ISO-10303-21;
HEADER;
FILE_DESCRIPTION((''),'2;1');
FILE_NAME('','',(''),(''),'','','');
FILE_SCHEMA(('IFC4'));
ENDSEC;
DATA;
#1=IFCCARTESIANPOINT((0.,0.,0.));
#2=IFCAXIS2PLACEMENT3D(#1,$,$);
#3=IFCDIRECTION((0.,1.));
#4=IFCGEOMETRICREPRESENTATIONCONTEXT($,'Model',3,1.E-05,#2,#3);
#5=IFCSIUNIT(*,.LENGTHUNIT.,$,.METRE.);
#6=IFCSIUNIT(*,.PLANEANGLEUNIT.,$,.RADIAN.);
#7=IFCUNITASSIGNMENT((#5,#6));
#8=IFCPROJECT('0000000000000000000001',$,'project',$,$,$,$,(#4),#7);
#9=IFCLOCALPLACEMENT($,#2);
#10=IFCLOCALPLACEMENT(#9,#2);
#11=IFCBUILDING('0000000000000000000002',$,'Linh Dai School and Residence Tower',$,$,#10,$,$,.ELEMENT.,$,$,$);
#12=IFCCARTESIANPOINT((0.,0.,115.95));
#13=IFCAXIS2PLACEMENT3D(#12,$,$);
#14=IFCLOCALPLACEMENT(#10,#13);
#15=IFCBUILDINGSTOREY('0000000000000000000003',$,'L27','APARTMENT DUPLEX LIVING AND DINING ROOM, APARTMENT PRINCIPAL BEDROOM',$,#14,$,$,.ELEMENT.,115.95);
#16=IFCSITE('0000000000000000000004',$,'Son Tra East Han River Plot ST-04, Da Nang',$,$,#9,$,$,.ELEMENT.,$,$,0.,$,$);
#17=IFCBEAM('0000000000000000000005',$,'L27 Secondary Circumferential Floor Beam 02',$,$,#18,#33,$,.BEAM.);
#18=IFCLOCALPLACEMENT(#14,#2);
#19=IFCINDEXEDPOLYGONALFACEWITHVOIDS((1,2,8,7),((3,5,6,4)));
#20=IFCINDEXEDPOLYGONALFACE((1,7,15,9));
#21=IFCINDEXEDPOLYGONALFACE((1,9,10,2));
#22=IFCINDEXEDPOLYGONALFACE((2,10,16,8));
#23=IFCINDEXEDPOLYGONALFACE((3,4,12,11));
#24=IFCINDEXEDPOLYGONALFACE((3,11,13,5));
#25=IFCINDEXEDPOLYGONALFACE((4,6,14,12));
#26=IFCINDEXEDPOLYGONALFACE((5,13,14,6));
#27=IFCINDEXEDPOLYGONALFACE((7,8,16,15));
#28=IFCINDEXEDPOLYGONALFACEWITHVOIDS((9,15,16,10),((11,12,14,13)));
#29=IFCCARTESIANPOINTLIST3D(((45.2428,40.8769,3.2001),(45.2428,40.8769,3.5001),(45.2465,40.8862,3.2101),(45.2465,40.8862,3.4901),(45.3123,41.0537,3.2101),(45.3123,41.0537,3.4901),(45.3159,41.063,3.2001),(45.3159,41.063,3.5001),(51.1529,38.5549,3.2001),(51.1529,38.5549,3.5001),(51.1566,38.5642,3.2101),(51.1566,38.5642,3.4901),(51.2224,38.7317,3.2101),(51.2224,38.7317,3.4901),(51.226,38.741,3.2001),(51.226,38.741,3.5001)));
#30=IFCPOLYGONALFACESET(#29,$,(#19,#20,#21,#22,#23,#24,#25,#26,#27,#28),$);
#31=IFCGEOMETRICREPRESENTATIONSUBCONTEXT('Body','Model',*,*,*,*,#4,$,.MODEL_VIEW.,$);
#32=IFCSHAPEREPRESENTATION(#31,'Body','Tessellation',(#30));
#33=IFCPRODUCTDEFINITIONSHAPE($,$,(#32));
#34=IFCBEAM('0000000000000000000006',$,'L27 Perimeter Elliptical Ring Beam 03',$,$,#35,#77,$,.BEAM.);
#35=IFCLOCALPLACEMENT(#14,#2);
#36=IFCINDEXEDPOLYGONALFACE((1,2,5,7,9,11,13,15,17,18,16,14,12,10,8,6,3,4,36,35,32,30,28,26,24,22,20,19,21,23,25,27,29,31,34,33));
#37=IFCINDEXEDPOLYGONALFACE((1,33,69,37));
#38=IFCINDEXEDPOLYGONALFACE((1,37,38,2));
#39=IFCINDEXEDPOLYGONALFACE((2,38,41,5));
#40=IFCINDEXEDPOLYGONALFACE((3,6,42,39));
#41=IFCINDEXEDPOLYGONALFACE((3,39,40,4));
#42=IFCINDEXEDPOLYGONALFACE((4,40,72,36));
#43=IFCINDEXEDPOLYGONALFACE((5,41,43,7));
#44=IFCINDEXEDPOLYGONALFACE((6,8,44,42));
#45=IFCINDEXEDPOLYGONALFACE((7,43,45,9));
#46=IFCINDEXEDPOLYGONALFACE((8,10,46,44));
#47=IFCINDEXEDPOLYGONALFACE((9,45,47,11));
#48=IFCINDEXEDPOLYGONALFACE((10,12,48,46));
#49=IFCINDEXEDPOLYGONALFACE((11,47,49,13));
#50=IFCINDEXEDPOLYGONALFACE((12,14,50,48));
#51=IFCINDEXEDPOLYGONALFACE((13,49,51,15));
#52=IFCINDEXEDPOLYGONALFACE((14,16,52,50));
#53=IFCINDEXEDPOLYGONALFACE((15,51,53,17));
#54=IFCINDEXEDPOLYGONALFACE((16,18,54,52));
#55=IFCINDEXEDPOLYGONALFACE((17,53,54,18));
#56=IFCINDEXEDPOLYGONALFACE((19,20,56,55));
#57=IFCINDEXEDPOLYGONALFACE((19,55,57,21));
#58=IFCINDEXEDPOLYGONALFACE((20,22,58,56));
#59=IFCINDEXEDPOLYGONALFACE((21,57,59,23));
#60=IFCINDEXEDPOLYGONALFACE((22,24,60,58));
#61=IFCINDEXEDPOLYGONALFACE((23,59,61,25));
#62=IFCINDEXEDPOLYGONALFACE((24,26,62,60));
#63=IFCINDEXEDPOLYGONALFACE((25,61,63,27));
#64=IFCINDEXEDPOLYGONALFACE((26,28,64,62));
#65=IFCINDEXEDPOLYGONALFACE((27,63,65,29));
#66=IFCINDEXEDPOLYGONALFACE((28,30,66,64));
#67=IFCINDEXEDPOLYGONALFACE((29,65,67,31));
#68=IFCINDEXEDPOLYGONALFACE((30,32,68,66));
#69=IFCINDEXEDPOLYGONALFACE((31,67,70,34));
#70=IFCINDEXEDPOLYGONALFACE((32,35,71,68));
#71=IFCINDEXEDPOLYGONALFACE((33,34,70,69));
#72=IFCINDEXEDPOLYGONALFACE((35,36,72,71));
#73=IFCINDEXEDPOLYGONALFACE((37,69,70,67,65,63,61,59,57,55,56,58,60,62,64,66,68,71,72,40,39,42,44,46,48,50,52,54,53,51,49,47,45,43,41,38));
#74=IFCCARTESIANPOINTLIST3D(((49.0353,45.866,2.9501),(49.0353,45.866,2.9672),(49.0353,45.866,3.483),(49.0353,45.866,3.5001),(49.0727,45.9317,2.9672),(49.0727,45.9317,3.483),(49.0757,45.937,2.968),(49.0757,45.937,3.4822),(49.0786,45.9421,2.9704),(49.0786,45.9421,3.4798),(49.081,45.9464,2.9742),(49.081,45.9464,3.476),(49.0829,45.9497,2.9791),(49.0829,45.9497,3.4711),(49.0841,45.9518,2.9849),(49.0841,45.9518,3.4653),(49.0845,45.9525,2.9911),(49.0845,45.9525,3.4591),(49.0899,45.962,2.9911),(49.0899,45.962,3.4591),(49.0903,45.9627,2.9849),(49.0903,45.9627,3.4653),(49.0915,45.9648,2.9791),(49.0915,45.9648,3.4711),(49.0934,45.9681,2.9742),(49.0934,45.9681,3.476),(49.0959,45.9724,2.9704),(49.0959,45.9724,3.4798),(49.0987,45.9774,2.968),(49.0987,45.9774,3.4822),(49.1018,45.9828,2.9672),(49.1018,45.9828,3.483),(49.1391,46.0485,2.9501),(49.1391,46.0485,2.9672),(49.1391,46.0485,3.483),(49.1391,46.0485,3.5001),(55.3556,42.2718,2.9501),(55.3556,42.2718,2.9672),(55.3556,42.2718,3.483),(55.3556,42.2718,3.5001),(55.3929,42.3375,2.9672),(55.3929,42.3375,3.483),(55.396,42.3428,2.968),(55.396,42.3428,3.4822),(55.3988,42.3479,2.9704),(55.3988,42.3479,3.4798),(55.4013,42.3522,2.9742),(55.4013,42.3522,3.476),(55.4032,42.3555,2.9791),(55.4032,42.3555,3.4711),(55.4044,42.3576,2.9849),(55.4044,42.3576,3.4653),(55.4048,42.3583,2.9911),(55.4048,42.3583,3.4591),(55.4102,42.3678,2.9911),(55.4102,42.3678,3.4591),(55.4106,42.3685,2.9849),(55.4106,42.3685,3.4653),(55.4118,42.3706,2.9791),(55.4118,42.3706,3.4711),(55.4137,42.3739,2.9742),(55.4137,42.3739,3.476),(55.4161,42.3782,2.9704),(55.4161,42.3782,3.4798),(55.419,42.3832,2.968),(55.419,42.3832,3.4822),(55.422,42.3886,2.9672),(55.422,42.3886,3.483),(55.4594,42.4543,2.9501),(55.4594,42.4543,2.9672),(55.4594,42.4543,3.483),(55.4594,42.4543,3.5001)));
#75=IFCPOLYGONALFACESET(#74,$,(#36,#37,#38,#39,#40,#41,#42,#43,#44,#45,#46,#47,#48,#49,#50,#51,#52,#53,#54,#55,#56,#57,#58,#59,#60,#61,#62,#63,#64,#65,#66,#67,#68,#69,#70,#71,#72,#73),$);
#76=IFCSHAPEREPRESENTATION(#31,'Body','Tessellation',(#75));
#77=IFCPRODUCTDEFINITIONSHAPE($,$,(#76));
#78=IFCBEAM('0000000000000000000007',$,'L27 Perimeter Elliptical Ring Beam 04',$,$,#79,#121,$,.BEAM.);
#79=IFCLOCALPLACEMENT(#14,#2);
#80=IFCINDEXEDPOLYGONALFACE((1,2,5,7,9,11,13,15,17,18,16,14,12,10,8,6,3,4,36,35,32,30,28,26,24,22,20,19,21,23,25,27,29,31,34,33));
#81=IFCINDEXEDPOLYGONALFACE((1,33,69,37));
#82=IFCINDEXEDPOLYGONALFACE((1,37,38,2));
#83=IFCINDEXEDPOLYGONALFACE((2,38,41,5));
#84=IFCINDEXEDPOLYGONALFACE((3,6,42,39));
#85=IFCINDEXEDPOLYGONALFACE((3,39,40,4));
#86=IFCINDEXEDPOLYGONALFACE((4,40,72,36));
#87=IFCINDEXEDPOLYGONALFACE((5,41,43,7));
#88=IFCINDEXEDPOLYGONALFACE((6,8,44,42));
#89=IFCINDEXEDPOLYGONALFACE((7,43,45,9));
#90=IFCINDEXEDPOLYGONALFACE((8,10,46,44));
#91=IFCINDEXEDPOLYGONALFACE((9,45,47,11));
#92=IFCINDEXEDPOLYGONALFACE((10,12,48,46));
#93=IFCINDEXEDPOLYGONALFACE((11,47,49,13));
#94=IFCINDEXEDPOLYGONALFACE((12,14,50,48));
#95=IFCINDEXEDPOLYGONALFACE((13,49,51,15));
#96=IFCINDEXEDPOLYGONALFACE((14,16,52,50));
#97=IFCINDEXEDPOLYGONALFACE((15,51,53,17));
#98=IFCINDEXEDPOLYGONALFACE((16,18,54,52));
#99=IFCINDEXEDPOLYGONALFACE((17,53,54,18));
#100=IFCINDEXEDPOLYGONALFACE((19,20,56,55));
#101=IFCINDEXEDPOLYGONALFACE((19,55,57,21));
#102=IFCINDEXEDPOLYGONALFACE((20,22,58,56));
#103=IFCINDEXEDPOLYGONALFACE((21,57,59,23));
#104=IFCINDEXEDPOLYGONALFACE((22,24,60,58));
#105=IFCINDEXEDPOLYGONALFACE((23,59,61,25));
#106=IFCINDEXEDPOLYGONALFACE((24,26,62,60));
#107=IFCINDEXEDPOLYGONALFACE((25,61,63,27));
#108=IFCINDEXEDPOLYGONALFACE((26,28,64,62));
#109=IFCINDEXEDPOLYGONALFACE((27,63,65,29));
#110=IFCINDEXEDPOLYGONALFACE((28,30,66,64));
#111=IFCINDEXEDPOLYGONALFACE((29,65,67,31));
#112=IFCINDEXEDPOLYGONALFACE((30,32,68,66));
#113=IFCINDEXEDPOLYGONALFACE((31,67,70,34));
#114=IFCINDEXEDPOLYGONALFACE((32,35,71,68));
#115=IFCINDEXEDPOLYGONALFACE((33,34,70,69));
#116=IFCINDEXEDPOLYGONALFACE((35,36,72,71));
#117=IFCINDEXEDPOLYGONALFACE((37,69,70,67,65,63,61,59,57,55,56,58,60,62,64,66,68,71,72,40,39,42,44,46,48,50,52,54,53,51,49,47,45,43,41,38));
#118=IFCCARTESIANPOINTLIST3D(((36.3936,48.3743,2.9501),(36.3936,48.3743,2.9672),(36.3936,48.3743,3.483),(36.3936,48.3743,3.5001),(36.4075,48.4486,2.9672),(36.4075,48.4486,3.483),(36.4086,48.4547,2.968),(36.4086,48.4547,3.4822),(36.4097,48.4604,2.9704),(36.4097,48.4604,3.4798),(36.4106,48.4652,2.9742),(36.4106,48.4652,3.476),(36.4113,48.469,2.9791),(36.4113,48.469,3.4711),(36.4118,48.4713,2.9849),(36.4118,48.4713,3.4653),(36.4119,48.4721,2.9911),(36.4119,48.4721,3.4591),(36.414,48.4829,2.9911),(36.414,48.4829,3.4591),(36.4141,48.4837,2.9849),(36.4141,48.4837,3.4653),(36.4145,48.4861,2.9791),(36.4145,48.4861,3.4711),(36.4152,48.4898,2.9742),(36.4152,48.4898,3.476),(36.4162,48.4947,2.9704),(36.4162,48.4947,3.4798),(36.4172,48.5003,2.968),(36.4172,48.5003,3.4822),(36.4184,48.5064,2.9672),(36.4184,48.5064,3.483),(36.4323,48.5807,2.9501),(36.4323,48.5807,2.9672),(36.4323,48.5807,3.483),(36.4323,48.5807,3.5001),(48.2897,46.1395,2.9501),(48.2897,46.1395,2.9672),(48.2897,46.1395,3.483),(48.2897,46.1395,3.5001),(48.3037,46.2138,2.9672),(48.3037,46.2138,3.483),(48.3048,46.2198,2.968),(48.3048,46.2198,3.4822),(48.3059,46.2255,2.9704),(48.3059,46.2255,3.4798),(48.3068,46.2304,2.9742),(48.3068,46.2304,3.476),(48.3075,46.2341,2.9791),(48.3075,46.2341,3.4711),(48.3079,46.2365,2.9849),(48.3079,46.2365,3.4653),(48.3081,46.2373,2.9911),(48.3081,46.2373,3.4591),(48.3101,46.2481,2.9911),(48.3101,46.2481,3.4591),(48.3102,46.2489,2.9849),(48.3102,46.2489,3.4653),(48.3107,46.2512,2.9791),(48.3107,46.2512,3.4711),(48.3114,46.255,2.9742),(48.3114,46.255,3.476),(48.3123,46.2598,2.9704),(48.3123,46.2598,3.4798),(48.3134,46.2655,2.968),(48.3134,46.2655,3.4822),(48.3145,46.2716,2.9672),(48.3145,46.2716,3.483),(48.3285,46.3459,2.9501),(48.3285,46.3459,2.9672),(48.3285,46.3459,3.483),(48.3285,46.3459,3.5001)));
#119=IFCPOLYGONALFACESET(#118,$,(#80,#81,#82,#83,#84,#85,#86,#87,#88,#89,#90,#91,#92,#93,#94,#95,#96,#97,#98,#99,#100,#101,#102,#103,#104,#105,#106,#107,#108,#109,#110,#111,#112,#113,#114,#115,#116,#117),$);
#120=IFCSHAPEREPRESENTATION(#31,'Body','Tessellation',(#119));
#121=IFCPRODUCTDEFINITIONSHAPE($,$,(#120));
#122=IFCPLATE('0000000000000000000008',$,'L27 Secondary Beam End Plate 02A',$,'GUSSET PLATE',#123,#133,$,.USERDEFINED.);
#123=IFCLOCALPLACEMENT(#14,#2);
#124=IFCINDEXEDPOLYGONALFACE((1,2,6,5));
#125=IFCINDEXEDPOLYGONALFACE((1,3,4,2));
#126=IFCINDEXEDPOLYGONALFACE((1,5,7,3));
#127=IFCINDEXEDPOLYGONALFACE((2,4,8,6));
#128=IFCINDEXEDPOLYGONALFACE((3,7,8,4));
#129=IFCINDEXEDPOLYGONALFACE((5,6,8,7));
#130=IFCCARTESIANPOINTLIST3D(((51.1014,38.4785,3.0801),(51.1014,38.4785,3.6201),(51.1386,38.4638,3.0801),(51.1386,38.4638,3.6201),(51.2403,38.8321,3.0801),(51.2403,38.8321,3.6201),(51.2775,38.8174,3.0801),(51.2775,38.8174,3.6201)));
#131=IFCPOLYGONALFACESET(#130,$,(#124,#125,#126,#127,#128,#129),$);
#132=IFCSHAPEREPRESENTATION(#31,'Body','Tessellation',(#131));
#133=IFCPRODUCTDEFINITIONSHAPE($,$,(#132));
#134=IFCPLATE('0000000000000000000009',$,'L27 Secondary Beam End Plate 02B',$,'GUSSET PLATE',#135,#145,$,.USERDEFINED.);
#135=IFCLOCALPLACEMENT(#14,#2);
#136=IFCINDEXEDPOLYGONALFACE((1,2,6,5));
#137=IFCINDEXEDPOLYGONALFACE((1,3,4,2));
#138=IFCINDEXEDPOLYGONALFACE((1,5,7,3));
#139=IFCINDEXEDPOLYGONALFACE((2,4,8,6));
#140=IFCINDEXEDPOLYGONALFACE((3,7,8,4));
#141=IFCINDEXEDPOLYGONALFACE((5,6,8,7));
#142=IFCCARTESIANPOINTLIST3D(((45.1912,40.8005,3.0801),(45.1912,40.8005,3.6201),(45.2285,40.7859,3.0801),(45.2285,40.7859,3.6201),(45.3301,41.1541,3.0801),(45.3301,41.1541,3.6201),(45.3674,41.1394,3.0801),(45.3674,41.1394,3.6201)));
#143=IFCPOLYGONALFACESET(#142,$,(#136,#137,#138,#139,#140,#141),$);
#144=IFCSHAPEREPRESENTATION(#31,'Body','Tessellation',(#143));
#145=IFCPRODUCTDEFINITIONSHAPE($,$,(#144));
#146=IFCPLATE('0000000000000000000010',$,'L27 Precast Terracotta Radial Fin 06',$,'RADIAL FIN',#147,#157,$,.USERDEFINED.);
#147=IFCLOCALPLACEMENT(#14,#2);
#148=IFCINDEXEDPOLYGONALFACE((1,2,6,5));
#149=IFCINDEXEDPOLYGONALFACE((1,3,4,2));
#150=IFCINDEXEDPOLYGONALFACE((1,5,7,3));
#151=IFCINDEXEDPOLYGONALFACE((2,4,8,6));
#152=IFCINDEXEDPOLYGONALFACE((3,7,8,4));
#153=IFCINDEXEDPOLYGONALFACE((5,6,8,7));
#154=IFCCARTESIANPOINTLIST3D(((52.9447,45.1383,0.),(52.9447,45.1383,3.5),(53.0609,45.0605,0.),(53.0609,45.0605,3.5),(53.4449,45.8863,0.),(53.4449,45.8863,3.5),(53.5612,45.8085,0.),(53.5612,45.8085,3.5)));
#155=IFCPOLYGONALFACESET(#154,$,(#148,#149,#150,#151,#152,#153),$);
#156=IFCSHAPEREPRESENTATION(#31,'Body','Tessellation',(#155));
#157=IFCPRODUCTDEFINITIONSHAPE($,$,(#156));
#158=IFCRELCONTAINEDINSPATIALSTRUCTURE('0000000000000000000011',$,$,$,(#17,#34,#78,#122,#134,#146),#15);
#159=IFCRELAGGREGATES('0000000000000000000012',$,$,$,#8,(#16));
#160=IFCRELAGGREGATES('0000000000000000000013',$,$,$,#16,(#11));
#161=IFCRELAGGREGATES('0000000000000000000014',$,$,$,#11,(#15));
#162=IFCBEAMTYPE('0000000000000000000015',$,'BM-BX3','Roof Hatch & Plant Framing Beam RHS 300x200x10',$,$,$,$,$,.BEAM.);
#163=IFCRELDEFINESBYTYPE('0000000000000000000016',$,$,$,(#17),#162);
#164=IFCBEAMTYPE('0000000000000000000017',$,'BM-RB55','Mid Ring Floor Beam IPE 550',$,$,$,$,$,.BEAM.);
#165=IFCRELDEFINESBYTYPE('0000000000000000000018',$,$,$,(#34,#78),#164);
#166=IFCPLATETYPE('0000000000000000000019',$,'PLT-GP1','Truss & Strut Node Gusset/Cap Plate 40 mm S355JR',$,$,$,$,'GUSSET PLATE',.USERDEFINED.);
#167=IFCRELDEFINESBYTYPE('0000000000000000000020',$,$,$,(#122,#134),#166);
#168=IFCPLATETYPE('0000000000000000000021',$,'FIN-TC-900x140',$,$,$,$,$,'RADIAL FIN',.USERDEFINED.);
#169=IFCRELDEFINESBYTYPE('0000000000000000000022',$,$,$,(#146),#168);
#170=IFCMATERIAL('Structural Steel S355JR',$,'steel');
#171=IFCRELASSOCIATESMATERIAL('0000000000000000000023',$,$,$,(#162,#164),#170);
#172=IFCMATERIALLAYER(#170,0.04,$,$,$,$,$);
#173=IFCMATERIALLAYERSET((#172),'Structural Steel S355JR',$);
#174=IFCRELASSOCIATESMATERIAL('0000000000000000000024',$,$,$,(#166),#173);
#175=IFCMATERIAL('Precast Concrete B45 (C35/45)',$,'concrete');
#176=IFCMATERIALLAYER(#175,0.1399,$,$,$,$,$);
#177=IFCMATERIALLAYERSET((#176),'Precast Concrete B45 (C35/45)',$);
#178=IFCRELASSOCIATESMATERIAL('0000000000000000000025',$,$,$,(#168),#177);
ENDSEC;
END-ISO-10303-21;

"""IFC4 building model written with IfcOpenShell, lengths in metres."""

from ifc_helpers import new_model, si_unit, direction, frame, origin, origin_2d, place, context, subcontext, project, spatial, rectangle, hollow_rectangle, i_section, extrude, source, transform, mapped, material, layer, layer_set, material_profile, profile_set, type_object, element, save


model = new_model("IFC4")

# Units and contexts
model_context = context("Model", 3, precision=1e-05, world=origin(), true_north=direction((0.0, 1.0)))
body_context = subcontext(model_context, "Body", "Model", "MODEL_VIEW")
ifc_project = project(units=[si_unit("LENGTHUNIT", "METRE"), si_unit("PLANEANGLEUNIT", "RADIAN")], contexts=[model_context])

# Site, building, storey
site_placement = place(None, origin())
site = spatial("IfcSite", under=ifc_project, at=site_placement, Name="Son Tra East Han River Plot ST-04, Da Nang", CompositionType="ELEMENT", RefElevation=0.0)
building_placement = place(site_placement, origin())
building = spatial("IfcBuilding", under=site, at=building_placement, Name="Linh Dai School and Residence Tower", CompositionType="ELEMENT")
storey_placement = place(building_placement, frame((0.0, 0.0, 115.95)))
storey = spatial("IfcBuildingStorey", under=building, at=storey_placement, Name="L27", Description="APARTMENT DUPLEX LIVING AND DINING ROOM, APARTMENT PRINCIPAL BEDROOM", CompositionType="ELEMENT", Elevation=115.95)

# Shared definitions
ifc_material_1 = material(Name="Structural Steel S355JR", Category="steel")

# Beams
ifc_material_profile_1 = material_profile(ifc_material_1, hollow_rectangle(XDim=0.2, YDim=0.3, WallThickness=0.01, at=origin_2d()), Name="RHS 300x200x10")
ifc_profile_set_1 = profile_set([ifc_material_profile_1], Name="Structural Steel S355JR")
beam_type_1 = type_object("IfcBeamType", Name="BM-BX3", Description="Roof Hatch & Plant Framing Beam RHS 300x200x10", PredefinedType="BEAM", material=ifc_profile_set_1)
beam_1_placement = place(storey_placement, frame((51.1895, 38.6479, 3.3501), z_axis=(-0.930742, 0.365676, 0.0), x_axis=(-0.365676, -0.930742, 0.0)))
element("IfcBeam", 1, at=beam_1_placement, inside=storey, type_object=beam_type_1, Name="L27 Secondary Circumferential Floor Beam 02", PredefinedType="BEAM", context=body_context, shape_type="SweptSolid", body=[
    extrude(hollow_rectangle(XDim=0.2, YDim=0.3, WallThickness=0.01, at=origin_2d()), origin(), (0.0, 0.0, 1.0), 6.3499),
])
ifc_material_profile_2 = material_profile(ifc_material_1, i_section(OverallWidth=0.21, OverallDepth=0.55, WebThickness=0.011, FlangeThickness=0.0171, FilletRadius=0.0239, at=origin_2d()), Name="IPE 550")
ifc_profile_set_2 = profile_set([ifc_material_profile_2], Name="Structural Steel S355JR")
beam_type_2 = type_object("IfcBeamType", Name="BM-RB55", Description="Mid Ring Floor Beam IPE 550", PredefinedType="BEAM", material=ifc_profile_set_2)
beam_2_placement = place(storey_placement, frame((55.4075, 42.363, 3.2251), z_axis=(-0.86927, 0.494337, 0.0), x_axis=(-0.494337, -0.86927, 0.0)))
element("IfcBeam", 2, at=beam_2_placement, inside=storey, type_object=beam_type_2, Name="L27 Perimeter Elliptical Ring Beam 03", PredefinedType="BEAM", context=body_context, shape_type="SweptSolid", body=[
    extrude(i_section(OverallWidth=0.21, OverallDepth=0.55, WebThickness=0.011, FlangeThickness=0.0171, FilletRadius=0.0239, at=origin_2d()), origin(), (0.0, 0.0, 1.0), 7.2708),
])
beam_3_placement = place(storey_placement, frame((48.3091, 46.2427, 3.2251), z_axis=(-0.982808, 0.184633, 0.0), x_axis=(-0.184633, -0.982808, 0.0)))
element("IfcBeam", 3, at=beam_3_placement, inside=storey, type_object=beam_type_2, Name="L27 Perimeter Elliptical Ring Beam 04", PredefinedType="BEAM", context=body_context, shape_type="SweptSolid", body=[
    extrude(i_section(OverallWidth=0.21, OverallDepth=0.55, WebThickness=0.011, FlangeThickness=0.0171, FilletRadius=0.0239, at=origin_2d()), origin(), (0.0, 0.0, 1.0), 12.1042),
])

# Plates
ifc_layer_1 = layer(ifc_material_1, 0.04)
ifc_layer_set_1 = layer_set([ifc_layer_1], Name="Structural Steel S355JR")
plate_type_1 = type_object("IfcPlateType", Name="PLT-GP1", Description="Truss & Strut Node Gusset/Cap Plate 40 mm S355JR", ElementType="GUSSET PLATE", PredefinedType="USERDEFINED", material=ifc_layer_set_1)
shared_shape_1 = source(origin(), body_context, "Body", "SweptSolid", [
    extrude(rectangle(XDim=0.04, YDim=0.3799, at=origin_2d()), origin(), (0.0, 0.0, 1.0), 0.54),
])
for number, where, z_axis, x_axis, name in (
    (4, (51.1895, 38.6479, 3.0801), (0.0, 0.0, 1.0), (-0.930752, 0.36565, 0.0), "L27 Secondary Beam End Plate 02A"),
    (5, (45.2793, 40.97, 3.0801), (0.0, 0.0, 1.0), (-0.930752, 0.36565, 0.0), "L27 Secondary Beam End Plate 02B"),
):
    element("IfcPlate", number, at=place(storey_placement, frame(where, z_axis=z_axis, x_axis=x_axis)), inside=storey, type_object=plate_type_1, Name=name, ObjectType="GUSSET PLATE", PredefinedType="USERDEFINED", context=body_context, shape_type="MappedRepresentation", body=[
        mapped(shared_shape_1, transform((0.0, 0.0, 0.0), x_axis=(1.0, 0.0, 0.0), y_axis=(0.0, 1.0, 0.0), z_axis=(0.0, 0.0, 1.0), scale=1.0)),
    ])
ifc_material_2 = material(Name="Precast Concrete B45 (C35/45)", Category="concrete")
ifc_layer_2 = layer(ifc_material_2, 0.1399)
ifc_layer_set_2 = layer_set([ifc_layer_2], Name="Precast Concrete B45 (C35/45)")
plate_type_2 = type_object("IfcPlateType", Name="FIN-TC-900x140", ElementType="RADIAL FIN", PredefinedType="USERDEFINED", material=ifc_layer_set_2)
shared_shape_2 = source(origin(), body_context, "Body", "SweptSolid", [
    extrude(rectangle(XDim=0.8999, YDim=0.1399, at=origin_2d()), origin(), (0.0, 0.0, 1.0), 3.5),
])
plate_placement = place(storey_placement, frame((53.2529, 45.4734, 0.0), z_axis=(0.0, 0.0, 1.0), x_axis=(0.555913, 0.83124, 0.0)))
element("IfcPlate", 6, at=plate_placement, inside=storey, type_object=plate_type_2, Name="L27 Precast Terracotta Radial Fin 06", ObjectType="RADIAL FIN", PredefinedType="USERDEFINED", context=body_context, shape_type="MappedRepresentation", body=[
    mapped(shared_shape_2, transform((0.0, 0.0, 0.0), x_axis=(1.0, 0.0, 0.0), y_axis=(0.0, 1.0, 0.0), z_axis=(0.0, 0.0, 1.0), scale=1.0)),
])

save(model, "model.ifc")
